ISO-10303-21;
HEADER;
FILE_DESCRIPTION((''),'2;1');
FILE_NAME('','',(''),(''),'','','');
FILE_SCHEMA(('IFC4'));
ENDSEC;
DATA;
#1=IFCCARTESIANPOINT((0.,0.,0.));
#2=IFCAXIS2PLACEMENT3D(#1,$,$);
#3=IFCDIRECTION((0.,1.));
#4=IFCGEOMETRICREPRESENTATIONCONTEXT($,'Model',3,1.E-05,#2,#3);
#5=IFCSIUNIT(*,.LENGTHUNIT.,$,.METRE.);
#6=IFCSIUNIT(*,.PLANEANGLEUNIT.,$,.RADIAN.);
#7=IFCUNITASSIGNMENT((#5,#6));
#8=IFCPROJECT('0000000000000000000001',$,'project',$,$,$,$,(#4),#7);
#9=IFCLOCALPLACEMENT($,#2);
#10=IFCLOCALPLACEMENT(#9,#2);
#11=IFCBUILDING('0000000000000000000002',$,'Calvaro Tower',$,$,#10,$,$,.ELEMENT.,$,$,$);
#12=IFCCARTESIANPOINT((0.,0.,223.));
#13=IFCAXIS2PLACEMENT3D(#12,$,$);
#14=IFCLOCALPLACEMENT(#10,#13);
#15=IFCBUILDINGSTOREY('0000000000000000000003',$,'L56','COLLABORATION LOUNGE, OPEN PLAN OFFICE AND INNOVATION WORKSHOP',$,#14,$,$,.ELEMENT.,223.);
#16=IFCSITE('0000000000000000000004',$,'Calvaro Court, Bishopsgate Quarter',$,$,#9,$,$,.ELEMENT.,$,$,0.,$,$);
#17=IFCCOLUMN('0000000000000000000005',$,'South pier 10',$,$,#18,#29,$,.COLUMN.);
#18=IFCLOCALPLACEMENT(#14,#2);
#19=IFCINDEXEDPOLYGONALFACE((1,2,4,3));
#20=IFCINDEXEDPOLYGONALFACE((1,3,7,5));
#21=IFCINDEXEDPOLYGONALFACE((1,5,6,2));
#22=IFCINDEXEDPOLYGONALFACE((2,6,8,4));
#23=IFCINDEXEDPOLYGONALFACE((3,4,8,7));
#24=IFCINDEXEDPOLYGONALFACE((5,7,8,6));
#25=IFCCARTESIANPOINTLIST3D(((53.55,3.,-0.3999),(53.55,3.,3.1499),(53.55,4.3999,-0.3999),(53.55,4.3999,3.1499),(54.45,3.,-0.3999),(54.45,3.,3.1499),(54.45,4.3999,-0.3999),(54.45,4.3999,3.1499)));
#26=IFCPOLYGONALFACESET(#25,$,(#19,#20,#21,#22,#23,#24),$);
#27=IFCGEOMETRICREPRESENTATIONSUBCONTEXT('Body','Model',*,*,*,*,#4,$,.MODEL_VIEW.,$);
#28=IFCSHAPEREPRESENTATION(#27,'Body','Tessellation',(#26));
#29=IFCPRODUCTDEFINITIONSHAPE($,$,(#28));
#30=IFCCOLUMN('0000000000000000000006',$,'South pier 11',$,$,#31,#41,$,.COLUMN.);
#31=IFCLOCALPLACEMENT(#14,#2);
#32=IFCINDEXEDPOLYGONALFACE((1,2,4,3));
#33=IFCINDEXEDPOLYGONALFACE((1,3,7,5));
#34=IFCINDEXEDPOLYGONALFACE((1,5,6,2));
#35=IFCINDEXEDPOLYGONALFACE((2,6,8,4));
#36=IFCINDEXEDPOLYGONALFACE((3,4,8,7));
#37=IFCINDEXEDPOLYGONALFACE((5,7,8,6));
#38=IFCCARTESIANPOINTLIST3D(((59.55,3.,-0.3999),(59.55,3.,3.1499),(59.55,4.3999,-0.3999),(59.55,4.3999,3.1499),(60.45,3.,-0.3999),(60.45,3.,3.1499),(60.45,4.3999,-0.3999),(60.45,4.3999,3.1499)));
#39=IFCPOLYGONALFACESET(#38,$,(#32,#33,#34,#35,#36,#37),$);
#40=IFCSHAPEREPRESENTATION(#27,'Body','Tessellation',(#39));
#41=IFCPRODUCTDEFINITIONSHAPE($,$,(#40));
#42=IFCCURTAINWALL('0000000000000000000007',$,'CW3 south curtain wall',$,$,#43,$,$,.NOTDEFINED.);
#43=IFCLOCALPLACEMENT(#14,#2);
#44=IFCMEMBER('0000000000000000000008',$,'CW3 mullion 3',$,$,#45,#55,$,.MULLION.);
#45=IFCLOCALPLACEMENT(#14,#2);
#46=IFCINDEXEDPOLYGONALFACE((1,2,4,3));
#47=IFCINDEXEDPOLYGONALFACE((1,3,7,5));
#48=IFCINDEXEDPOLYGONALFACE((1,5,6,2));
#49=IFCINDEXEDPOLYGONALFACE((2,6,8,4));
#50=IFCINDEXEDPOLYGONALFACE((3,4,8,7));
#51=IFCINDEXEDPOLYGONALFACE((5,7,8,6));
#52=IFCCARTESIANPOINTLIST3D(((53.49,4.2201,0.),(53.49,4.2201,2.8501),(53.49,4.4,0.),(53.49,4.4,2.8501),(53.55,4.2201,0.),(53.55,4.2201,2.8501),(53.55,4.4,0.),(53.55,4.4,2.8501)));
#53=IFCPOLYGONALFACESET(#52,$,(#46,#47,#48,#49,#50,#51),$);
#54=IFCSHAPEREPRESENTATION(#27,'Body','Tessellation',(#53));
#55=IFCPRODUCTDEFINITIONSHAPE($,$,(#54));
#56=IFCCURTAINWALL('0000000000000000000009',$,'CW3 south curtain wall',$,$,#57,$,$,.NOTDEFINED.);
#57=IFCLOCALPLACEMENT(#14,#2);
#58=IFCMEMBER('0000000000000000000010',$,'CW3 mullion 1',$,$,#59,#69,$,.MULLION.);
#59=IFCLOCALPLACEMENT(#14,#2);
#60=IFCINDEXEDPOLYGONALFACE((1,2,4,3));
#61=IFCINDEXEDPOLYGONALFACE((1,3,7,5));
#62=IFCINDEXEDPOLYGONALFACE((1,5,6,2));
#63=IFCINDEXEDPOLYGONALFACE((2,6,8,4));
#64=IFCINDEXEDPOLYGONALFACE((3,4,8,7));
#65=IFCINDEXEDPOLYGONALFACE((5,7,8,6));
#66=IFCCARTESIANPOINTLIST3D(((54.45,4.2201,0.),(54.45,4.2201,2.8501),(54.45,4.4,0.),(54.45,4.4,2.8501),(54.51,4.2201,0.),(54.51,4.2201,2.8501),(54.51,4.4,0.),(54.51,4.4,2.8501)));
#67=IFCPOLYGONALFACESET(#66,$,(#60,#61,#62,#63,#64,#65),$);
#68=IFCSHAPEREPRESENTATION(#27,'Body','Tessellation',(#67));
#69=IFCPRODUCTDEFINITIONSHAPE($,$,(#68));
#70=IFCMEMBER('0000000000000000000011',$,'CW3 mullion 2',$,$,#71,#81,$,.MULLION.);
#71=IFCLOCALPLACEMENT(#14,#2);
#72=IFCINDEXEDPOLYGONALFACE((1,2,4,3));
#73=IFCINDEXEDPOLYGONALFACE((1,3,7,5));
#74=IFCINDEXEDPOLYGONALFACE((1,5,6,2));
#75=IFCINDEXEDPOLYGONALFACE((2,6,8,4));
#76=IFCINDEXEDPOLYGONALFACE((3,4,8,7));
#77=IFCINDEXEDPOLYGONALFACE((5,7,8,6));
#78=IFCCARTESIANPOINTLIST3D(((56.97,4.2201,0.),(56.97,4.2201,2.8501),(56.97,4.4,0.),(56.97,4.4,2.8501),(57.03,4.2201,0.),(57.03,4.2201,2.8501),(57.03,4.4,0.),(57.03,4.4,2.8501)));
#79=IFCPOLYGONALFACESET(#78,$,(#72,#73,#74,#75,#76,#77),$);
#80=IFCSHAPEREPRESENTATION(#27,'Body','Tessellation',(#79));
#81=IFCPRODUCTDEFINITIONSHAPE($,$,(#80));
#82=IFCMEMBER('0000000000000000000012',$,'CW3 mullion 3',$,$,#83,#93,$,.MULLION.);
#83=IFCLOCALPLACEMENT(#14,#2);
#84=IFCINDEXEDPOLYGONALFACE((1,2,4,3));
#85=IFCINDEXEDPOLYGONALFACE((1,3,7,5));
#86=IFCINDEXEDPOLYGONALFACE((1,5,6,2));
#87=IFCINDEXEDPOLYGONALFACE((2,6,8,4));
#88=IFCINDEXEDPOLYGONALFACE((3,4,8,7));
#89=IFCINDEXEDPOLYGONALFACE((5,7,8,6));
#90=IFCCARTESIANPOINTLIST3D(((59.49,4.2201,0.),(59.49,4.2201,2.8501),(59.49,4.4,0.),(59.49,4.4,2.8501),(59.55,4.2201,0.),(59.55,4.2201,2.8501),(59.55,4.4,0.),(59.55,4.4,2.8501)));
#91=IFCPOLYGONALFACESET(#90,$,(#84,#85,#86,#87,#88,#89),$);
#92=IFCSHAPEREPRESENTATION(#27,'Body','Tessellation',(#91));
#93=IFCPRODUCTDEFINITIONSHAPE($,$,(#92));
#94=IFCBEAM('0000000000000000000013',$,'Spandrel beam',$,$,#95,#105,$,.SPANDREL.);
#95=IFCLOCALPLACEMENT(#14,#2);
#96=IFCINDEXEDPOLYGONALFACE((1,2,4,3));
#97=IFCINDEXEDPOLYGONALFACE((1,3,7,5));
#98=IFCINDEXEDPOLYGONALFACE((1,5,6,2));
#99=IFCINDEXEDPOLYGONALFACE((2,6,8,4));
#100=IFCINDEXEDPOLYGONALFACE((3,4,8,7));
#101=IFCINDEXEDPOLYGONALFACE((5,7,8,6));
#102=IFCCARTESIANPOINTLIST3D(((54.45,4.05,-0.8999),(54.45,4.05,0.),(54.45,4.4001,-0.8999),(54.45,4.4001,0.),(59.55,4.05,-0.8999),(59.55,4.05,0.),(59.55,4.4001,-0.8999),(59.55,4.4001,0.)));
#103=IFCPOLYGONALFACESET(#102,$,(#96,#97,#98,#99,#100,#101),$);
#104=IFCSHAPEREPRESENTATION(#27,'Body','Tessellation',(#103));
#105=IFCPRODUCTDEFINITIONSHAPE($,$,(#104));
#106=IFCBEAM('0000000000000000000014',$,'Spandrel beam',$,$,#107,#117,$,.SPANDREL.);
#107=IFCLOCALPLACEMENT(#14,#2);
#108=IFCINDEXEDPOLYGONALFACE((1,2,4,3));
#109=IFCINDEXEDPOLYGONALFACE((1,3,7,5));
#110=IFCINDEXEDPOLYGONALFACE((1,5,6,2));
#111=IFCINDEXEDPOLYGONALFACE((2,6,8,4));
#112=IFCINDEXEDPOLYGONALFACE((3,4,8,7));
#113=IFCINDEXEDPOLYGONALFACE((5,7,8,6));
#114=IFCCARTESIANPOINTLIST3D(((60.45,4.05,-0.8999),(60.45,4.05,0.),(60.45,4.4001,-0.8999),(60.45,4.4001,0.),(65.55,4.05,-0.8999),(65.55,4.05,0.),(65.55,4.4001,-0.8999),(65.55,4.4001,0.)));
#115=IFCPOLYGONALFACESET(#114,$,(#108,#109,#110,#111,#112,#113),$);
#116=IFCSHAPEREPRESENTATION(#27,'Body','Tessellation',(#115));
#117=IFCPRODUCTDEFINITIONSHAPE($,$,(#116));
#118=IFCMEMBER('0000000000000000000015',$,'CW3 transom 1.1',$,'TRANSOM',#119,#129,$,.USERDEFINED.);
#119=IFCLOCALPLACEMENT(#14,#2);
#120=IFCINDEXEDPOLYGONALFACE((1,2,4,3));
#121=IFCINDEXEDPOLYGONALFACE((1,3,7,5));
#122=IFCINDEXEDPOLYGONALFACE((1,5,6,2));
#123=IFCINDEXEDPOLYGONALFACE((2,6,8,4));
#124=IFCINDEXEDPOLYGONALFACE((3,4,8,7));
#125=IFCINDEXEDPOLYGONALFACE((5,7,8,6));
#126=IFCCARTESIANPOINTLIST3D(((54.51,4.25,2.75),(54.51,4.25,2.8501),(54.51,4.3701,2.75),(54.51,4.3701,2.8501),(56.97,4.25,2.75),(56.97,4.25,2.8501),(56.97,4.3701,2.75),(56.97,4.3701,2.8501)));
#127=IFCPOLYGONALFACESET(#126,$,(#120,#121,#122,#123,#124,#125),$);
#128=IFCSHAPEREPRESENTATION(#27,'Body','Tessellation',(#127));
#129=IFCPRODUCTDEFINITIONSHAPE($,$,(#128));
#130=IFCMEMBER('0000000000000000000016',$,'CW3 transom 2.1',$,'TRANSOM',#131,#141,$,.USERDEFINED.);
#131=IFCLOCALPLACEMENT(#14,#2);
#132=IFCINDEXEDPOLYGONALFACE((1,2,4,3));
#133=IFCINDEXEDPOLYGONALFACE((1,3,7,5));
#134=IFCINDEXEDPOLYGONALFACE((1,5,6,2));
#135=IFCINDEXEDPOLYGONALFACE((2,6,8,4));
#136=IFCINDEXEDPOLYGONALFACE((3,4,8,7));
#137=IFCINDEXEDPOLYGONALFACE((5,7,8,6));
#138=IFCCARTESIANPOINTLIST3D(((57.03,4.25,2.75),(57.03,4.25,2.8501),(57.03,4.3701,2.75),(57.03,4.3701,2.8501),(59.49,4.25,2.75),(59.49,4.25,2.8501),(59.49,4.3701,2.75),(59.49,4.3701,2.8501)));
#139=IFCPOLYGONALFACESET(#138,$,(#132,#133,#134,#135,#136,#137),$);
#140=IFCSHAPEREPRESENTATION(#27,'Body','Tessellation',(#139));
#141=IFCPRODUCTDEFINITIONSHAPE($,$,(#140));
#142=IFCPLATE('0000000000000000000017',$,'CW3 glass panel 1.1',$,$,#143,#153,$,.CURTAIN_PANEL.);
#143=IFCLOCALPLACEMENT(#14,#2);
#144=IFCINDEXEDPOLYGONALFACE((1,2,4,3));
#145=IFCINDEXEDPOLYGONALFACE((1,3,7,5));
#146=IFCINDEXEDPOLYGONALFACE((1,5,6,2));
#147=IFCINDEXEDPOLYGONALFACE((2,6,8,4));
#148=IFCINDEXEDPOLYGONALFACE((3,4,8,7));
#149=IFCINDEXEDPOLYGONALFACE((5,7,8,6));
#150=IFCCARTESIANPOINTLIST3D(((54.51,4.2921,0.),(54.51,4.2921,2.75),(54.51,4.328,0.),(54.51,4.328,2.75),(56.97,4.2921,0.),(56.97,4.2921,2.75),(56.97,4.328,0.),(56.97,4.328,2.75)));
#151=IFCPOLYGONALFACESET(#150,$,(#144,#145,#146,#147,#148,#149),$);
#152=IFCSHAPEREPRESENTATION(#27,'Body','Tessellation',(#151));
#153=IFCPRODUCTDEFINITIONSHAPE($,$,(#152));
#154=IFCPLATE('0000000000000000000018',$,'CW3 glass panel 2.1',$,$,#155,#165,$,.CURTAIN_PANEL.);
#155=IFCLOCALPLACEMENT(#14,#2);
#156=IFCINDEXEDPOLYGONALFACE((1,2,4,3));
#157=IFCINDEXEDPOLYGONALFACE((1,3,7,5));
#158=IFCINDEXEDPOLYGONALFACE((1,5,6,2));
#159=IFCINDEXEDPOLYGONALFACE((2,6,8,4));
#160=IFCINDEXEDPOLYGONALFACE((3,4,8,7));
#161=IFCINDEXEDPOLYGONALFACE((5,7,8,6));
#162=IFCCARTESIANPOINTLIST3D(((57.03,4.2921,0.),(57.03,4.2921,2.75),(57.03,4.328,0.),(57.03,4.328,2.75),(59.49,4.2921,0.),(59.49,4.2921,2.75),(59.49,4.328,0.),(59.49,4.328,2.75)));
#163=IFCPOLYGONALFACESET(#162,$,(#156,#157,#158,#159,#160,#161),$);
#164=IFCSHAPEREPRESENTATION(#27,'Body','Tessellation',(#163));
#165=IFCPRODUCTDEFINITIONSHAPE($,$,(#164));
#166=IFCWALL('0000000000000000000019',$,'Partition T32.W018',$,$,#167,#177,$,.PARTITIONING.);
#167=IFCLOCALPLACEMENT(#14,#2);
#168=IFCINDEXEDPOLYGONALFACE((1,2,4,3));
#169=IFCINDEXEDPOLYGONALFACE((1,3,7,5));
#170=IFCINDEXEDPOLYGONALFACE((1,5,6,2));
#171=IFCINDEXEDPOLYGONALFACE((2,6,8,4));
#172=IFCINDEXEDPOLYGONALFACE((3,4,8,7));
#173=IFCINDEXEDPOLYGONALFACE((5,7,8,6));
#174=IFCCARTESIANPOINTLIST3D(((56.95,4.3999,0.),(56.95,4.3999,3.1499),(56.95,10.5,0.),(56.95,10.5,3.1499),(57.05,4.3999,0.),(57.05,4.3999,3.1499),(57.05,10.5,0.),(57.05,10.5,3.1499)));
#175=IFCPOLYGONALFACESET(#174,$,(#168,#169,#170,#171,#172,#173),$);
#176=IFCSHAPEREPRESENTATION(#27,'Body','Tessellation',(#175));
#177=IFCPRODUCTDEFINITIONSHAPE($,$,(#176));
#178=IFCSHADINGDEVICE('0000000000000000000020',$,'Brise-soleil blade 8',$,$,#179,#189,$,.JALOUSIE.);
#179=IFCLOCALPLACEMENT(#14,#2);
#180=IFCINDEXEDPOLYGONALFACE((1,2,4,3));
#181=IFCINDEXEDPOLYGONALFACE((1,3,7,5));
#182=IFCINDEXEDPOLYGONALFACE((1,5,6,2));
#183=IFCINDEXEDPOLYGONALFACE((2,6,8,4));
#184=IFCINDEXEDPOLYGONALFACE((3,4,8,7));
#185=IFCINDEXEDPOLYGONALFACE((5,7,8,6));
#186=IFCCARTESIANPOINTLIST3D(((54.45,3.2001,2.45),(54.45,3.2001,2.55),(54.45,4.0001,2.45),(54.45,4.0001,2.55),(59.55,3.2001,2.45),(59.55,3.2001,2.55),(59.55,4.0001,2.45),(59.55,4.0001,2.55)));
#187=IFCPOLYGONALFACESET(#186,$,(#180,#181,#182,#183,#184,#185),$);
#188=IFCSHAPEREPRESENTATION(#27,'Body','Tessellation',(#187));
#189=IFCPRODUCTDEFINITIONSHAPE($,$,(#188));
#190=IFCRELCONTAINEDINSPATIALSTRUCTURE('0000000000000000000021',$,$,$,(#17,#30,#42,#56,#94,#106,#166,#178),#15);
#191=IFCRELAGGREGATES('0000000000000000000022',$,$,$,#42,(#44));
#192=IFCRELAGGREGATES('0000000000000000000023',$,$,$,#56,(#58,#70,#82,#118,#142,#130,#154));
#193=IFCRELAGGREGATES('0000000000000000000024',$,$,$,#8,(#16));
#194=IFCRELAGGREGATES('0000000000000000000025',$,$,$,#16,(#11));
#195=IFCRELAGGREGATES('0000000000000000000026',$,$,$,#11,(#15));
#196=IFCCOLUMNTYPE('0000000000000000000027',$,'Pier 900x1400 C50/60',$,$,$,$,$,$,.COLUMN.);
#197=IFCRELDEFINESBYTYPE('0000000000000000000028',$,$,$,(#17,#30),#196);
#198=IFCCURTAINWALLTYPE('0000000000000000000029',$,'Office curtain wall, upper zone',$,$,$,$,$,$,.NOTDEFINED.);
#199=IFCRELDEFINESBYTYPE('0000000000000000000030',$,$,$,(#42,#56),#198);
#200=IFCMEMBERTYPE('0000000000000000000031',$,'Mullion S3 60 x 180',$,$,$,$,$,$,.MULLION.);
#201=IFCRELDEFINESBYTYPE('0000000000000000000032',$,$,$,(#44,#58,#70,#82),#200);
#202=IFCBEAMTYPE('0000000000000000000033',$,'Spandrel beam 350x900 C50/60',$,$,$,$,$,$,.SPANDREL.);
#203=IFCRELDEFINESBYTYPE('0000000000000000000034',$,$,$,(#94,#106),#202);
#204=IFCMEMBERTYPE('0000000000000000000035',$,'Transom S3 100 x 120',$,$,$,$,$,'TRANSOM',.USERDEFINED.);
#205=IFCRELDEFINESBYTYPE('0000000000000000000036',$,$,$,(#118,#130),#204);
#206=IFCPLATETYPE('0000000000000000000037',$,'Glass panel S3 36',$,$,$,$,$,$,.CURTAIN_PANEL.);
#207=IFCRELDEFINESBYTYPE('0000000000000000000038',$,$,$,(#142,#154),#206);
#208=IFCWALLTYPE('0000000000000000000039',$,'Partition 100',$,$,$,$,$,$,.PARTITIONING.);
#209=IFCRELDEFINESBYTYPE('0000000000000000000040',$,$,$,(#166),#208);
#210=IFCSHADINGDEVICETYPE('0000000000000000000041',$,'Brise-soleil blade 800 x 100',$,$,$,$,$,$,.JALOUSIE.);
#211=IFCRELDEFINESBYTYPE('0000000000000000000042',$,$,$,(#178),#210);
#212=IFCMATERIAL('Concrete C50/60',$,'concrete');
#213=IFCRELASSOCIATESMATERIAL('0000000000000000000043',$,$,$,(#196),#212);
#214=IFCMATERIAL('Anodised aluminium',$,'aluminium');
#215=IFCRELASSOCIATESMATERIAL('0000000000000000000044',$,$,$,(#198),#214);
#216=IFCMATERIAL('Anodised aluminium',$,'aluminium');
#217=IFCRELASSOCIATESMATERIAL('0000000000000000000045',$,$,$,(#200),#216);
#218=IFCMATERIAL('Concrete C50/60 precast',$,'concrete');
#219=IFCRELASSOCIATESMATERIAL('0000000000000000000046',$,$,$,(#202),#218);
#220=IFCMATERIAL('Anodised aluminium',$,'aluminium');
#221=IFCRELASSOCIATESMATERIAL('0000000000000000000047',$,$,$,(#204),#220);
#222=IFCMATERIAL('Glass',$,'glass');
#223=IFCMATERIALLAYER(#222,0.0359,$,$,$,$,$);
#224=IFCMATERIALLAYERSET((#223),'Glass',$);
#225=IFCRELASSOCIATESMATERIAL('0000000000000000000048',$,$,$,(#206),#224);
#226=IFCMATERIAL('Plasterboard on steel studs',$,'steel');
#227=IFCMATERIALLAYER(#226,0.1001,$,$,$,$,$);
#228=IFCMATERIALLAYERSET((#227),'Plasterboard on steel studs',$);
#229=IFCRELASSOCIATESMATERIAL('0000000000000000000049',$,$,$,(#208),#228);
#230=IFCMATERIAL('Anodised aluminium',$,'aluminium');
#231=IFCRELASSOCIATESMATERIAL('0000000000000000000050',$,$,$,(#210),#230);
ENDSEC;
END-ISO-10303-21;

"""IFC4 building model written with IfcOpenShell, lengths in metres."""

from ifc_helpers import new_model, si_unit, direction, frame, frame_2d, origin, origin_2d, place, context, subcontext, project, spatial, rectangle, extrude, material, layer, layer_set, material_profile, profile_set, type_object, element, aggregate, save


model = new_model("IFC4")

# Units and contexts
model_context = context("Model", 3, precision=1e-05, world=origin(), true_north=direction((0.0, 1.0)))
body_context = subcontext(model_context, "Body", "Model", "MODEL_VIEW")
ifc_project = project(units=[si_unit("LENGTHUNIT", "METRE"), si_unit("PLANEANGLEUNIT", "RADIAN")], contexts=[model_context])

# Site, building, storey
site_placement = place(None, origin())
site = spatial("IfcSite", under=ifc_project, at=site_placement, Name="Calvaro Court, Bishopsgate Quarter", CompositionType="ELEMENT", RefElevation=0.0)
building_placement = place(site_placement, origin())
building = spatial("IfcBuilding", under=site, at=building_placement, Name="Calvaro Tower", CompositionType="ELEMENT")
storey_placement = place(building_placement, frame((0.0, 0.0, 223.0)))
storey = spatial("IfcBuildingStorey", under=building, at=storey_placement, Name="L56", Description="COLLABORATION LOUNGE, OPEN PLAN OFFICE AND INNOVATION WORKSHOP", CompositionType="ELEMENT", Elevation=223.0)

# Columns
ifc_material_1 = material(Name="Concrete C50/60", Category="concrete")
ifc_material_profile_1 = material_profile(ifc_material_1, rectangle(XDim=0.8999, YDim=1.3999, at=origin_2d()), Name="RC 900x1400")
ifc_profile_set_1 = profile_set([ifc_material_profile_1], Name="Concrete C50/60")
column_type = type_object("IfcColumnType", Name="Pier 900x1400 C50/60", PredefinedType="COLUMN", material=ifc_profile_set_1)
for number, where, z_axis, x_axis, name in (
    (1, (54.0, 3.7, -0.3999), (0.0, 0.0, 1.0), (1.0, 0.0, 0.0), "South pier 10"),
    (2, (60.0, 3.7, -0.3999), (0.0, 0.0, 1.0), (1.0, 0.0, 0.0), "South pier 11"),
):
    element("IfcColumn", number, at=place(storey_placement, frame(where, z_axis=z_axis, x_axis=x_axis)), inside=storey, type_object=column_type, Name=name, PredefinedType="COLUMN", context=body_context, shape_type="SweptSolid", body=[
        extrude(rectangle(XDim=0.8999, YDim=1.3999, at=origin_2d()), origin(), (0.0, 0.0, 1.0), 3.5498),
    ])

# Curtain wall, member
ifc_material_2 = material(Name="Anodised aluminium", Category="aluminium")
curtain_wall_type = type_object("IfcCurtainWallType", Name="Office curtain wall, upper zone", PredefinedType="NOTDEFINED", material=ifc_material_2)
curtain_wall_1_placement = place(storey_placement, origin())
curtain_wall_1 = element("IfcCurtainWall", 3, at=curtain_wall_1_placement, inside=storey, type_object=curtain_wall_type, Name="CW3 south curtain wall", PredefinedType="NOTDEFINED")
ifc_material_3 = material(Name="Anodised aluminium", Category="aluminium")
ifc_material_profile_2 = material_profile(ifc_material_3, rectangle(XDim=0.1799, YDim=0.0601, at=origin_2d()), Name="Mullion S3 60 x 180")
ifc_profile_set_2 = profile_set([ifc_material_profile_2], Name="Anodised aluminium")
member_type_1 = type_object("IfcMemberType", Name="Mullion S3 60 x 180", PredefinedType="MULLION", material=ifc_profile_set_2)
member_1_placement = place(storey_placement, frame((53.52, 4.3101, 0.0), z_axis=(0.0, 0.0, 1.0), x_axis=(0.0, 1.0, 0.0)))
member_1 = element("IfcMember", 4, at=member_1_placement, type_object=member_type_1, Name="CW3 mullion 3", PredefinedType="MULLION", context=body_context, shape_type="SweptSolid", body=[
    extrude(rectangle(XDim=0.1799, YDim=0.0601, at=origin_2d()), origin(), (0.0, 0.0, 1.0), 2.8501),
])
aggregate(curtain_wall_1, [member_1])

# Curtain wall, members
curtain_wall_2_placement = place(storey_placement, origin())
curtain_wall_2 = element("IfcCurtainWall", 5, at=curtain_wall_2_placement, inside=storey, type_object=curtain_wall_type, Name="CW3 south curtain wall", PredefinedType="NOTDEFINED")
member_2_placement = place(storey_placement, frame((54.48, 4.3101, 0.0), z_axis=(0.0, 0.0, 1.0), x_axis=(0.0, 1.0, 0.0)))
member_2 = element("IfcMember", 6, at=member_2_placement, type_object=member_type_1, Name="CW3 mullion 1", PredefinedType="MULLION", context=body_context, shape_type="SweptSolid", body=[
    extrude(rectangle(XDim=0.1799, YDim=0.0601, at=origin_2d()), origin(), (0.0, 0.0, 1.0), 2.8501),
])
member_3_placement = place(storey_placement, frame((57.0, 4.3101, 0.0), z_axis=(0.0, 0.0, 1.0), x_axis=(0.0, 1.0, 0.0)))
member_3 = element("IfcMember", 7, at=member_3_placement, type_object=member_type_1, Name="CW3 mullion 2", PredefinedType="MULLION", context=body_context, shape_type="SweptSolid", body=[
    extrude(rectangle(XDim=0.1799, YDim=0.0601, at=origin_2d()), origin(), (0.0, 0.0, 1.0), 2.8501),
])
member_4_placement = place(storey_placement, frame((59.52, 4.3101, 0.0), z_axis=(0.0, 0.0, 1.0), x_axis=(0.0, 1.0, 0.0)))
member_4 = element("IfcMember", 8, at=member_4_placement, type_object=member_type_1, Name="CW3 mullion 3", PredefinedType="MULLION", context=body_context, shape_type="SweptSolid", body=[
    extrude(rectangle(XDim=0.1799, YDim=0.0601, at=origin_2d()), origin(), (0.0, 0.0, 1.0), 2.8501),
])

# Beams
ifc_material_4 = material(Name="Concrete C50/60 precast", Category="concrete")
ifc_material_profile_3 = material_profile(ifc_material_4, rectangle(XDim=0.3501, YDim=0.8999, at=origin_2d()), Name="RC 350x900")
ifc_profile_set_3 = profile_set([ifc_material_profile_3], Name="Concrete C50/60 precast")
beam_type = type_object("IfcBeamType", Name="Spandrel beam 350x900 C50/60", PredefinedType="SPANDREL", material=ifc_profile_set_3)
for number, where, z_axis, x_axis, name in (
    (9, (54.45, 4.2251, -0.45), (1.0, 0.0, 0.0), (0.0, 1.0, 0.0), "Spandrel beam"),
    (10, (60.45, 4.2251, -0.45), (1.0, 0.0, 0.0), (0.0, 1.0, 0.0), "Spandrel beam"),
):
    element("IfcBeam", number, at=place(storey_placement, frame(where, z_axis=z_axis, x_axis=x_axis)), inside=storey, type_object=beam_type, Name=name, PredefinedType="SPANDREL", context=body_context, shape_type="SweptSolid", body=[
        extrude(rectangle(XDim=0.3501, YDim=0.8999, at=origin_2d()), origin(), (0.0, 0.0, 1.0), 5.1001),
    ])

# Members
ifc_material_5 = material(Name="Anodised aluminium", Category="aluminium")
ifc_material_profile_4 = material_profile(ifc_material_5, rectangle(XDim=0.1201, YDim=0.1001, at=origin_2d()), Name="Transom S3 100 x 120")
ifc_profile_set_4 = profile_set([ifc_material_profile_4], Name="Anodised aluminium")
member_type_2 = type_object("IfcMemberType", Name="Transom S3 100 x 120", ElementType="TRANSOM", PredefinedType="USERDEFINED", material=ifc_profile_set_4)
member_5_placement = place(storey_placement, frame((54.51, 4.3101, 2.8), z_axis=(1.0, 0.0, 0.0), x_axis=(0.0, 1.0, 0.0)))
member_5 = element("IfcMember", 11, at=member_5_placement, type_object=member_type_2, Name="CW3 transom 1.1", ObjectType="TRANSOM", PredefinedType="USERDEFINED", context=body_context, shape_type="SweptSolid", body=[
    extrude(rectangle(XDim=0.1201, YDim=0.1001, at=origin_2d()), origin(), (0.0, 0.0, 1.0), 2.46),
])
member_6_placement = place(storey_placement, frame((57.03, 4.3101, 2.8), z_axis=(1.0, 0.0, 0.0), x_axis=(0.0, 1.0, 0.0)))
member_6 = element("IfcMember", 12, at=member_6_placement, type_object=member_type_2, Name="CW3 transom 2.1", ObjectType="TRANSOM", PredefinedType="USERDEFINED", context=body_context, shape_type="SweptSolid", body=[
    extrude(rectangle(XDim=0.1201, YDim=0.1001, at=origin_2d()), origin(), (0.0, 0.0, 1.0), 2.46),
])

# Plates
ifc_material_6 = material(Name="Glass", Category="glass")
ifc_layer_1 = layer(ifc_material_6, 0.0359)
ifc_layer_set_1 = layer_set([ifc_layer_1], Name="Glass")
plate_type = type_object("IfcPlateType", Name="Glass panel S3 36", PredefinedType="CURTAIN_PANEL", material=ifc_layer_set_1)
plate_1_placement = place(storey_placement, frame((55.74, 4.3101, 0.0), z_axis=(0.0, 0.0, 1.0), x_axis=(1.0, 0.0, 0.0)))
plate_1 = element("IfcPlate", 13, at=plate_1_placement, type_object=plate_type, Name="CW3 glass panel 1.1", PredefinedType="CURTAIN_PANEL", context=body_context, shape_type="SweptSolid", body=[
    extrude(rectangle(XDim=2.46, YDim=0.0359, at=origin_2d()), origin(), (0.0, 0.0, 1.0), 2.75),
])
plate_2_placement = place(storey_placement, frame((58.26, 4.3101, 0.0), z_axis=(0.0, 0.0, 1.0), x_axis=(1.0, 0.0, 0.0)))
plate_2 = element("IfcPlate", 14, at=plate_2_placement, type_object=plate_type, Name="CW3 glass panel 2.1", PredefinedType="CURTAIN_PANEL", context=body_context, shape_type="SweptSolid", body=[
    extrude(rectangle(XDim=2.46, YDim=0.0359, at=origin_2d()), origin(), (0.0, 0.0, 1.0), 2.75),
])
aggregate(curtain_wall_2, [member_2, member_3, member_4, member_5, plate_1, member_6, plate_2])

# Wall
ifc_material_7 = material(Name="Plasterboard on steel studs", Category="steel")
ifc_layer_2 = layer(ifc_material_7, 0.1001)
ifc_layer_set_2 = layer_set([ifc_layer_2], Name="Plasterboard on steel studs")
wall_type = type_object("IfcWallType", Name="Partition 100", PredefinedType="PARTITIONING", material=ifc_layer_set_2)
wall_placement = place(storey_placement, frame((57.0, 4.3999, 0.0), z_axis=(0.0, 0.0, 1.0), x_axis=(0.0, 1.0, 0.0)))
element("IfcWall", 15, at=wall_placement, inside=storey, type_object=wall_type, Name="Partition T32.W018", PredefinedType="PARTITIONING", context=body_context, shape_type="SweptSolid", body=[
    extrude(rectangle(XDim=6.1001, YDim=0.1001, at=frame_2d((3.05, 0.0))), origin(), (0.0, 0.0, 1.0), 3.1499),
])

# Shading device
ifc_material_8 = material(Name="Anodised aluminium", Category="aluminium")
ifc_material_profile_5 = material_profile(ifc_material_8, rectangle(XDim=0.8, YDim=0.1001, at=origin_2d()), Name="Brise-soleil blade 800 x 100")
ifc_profile_set_5 = profile_set([ifc_material_profile_5], Name="Anodised aluminium")
shading_device_type = type_object("IfcShadingDeviceType", Name="Brise-soleil blade 800 x 100", PredefinedType="JALOUSIE", material=ifc_profile_set_5)
for number, where, z_axis, x_axis, name in (
    (16, (54.45, 3.6001, 2.5), (1.0, 0.0, 0.0), (0.0, 1.0, 0.0), "Brise-soleil blade 8"),
):
    element("IfcShadingDevice", number, at=place(storey_placement, frame(where, z_axis=z_axis, x_axis=x_axis)), inside=storey, type_object=shading_device_type, Name=name, PredefinedType="JALOUSIE", context=body_context, shape_type="SweptSolid", body=[
        extrude(rectangle(XDim=0.8, YDim=0.1001, at=origin_2d()), origin(), (0.0, 0.0, 1.0), 5.1001),
    ])

save(model, "model.ifc")
